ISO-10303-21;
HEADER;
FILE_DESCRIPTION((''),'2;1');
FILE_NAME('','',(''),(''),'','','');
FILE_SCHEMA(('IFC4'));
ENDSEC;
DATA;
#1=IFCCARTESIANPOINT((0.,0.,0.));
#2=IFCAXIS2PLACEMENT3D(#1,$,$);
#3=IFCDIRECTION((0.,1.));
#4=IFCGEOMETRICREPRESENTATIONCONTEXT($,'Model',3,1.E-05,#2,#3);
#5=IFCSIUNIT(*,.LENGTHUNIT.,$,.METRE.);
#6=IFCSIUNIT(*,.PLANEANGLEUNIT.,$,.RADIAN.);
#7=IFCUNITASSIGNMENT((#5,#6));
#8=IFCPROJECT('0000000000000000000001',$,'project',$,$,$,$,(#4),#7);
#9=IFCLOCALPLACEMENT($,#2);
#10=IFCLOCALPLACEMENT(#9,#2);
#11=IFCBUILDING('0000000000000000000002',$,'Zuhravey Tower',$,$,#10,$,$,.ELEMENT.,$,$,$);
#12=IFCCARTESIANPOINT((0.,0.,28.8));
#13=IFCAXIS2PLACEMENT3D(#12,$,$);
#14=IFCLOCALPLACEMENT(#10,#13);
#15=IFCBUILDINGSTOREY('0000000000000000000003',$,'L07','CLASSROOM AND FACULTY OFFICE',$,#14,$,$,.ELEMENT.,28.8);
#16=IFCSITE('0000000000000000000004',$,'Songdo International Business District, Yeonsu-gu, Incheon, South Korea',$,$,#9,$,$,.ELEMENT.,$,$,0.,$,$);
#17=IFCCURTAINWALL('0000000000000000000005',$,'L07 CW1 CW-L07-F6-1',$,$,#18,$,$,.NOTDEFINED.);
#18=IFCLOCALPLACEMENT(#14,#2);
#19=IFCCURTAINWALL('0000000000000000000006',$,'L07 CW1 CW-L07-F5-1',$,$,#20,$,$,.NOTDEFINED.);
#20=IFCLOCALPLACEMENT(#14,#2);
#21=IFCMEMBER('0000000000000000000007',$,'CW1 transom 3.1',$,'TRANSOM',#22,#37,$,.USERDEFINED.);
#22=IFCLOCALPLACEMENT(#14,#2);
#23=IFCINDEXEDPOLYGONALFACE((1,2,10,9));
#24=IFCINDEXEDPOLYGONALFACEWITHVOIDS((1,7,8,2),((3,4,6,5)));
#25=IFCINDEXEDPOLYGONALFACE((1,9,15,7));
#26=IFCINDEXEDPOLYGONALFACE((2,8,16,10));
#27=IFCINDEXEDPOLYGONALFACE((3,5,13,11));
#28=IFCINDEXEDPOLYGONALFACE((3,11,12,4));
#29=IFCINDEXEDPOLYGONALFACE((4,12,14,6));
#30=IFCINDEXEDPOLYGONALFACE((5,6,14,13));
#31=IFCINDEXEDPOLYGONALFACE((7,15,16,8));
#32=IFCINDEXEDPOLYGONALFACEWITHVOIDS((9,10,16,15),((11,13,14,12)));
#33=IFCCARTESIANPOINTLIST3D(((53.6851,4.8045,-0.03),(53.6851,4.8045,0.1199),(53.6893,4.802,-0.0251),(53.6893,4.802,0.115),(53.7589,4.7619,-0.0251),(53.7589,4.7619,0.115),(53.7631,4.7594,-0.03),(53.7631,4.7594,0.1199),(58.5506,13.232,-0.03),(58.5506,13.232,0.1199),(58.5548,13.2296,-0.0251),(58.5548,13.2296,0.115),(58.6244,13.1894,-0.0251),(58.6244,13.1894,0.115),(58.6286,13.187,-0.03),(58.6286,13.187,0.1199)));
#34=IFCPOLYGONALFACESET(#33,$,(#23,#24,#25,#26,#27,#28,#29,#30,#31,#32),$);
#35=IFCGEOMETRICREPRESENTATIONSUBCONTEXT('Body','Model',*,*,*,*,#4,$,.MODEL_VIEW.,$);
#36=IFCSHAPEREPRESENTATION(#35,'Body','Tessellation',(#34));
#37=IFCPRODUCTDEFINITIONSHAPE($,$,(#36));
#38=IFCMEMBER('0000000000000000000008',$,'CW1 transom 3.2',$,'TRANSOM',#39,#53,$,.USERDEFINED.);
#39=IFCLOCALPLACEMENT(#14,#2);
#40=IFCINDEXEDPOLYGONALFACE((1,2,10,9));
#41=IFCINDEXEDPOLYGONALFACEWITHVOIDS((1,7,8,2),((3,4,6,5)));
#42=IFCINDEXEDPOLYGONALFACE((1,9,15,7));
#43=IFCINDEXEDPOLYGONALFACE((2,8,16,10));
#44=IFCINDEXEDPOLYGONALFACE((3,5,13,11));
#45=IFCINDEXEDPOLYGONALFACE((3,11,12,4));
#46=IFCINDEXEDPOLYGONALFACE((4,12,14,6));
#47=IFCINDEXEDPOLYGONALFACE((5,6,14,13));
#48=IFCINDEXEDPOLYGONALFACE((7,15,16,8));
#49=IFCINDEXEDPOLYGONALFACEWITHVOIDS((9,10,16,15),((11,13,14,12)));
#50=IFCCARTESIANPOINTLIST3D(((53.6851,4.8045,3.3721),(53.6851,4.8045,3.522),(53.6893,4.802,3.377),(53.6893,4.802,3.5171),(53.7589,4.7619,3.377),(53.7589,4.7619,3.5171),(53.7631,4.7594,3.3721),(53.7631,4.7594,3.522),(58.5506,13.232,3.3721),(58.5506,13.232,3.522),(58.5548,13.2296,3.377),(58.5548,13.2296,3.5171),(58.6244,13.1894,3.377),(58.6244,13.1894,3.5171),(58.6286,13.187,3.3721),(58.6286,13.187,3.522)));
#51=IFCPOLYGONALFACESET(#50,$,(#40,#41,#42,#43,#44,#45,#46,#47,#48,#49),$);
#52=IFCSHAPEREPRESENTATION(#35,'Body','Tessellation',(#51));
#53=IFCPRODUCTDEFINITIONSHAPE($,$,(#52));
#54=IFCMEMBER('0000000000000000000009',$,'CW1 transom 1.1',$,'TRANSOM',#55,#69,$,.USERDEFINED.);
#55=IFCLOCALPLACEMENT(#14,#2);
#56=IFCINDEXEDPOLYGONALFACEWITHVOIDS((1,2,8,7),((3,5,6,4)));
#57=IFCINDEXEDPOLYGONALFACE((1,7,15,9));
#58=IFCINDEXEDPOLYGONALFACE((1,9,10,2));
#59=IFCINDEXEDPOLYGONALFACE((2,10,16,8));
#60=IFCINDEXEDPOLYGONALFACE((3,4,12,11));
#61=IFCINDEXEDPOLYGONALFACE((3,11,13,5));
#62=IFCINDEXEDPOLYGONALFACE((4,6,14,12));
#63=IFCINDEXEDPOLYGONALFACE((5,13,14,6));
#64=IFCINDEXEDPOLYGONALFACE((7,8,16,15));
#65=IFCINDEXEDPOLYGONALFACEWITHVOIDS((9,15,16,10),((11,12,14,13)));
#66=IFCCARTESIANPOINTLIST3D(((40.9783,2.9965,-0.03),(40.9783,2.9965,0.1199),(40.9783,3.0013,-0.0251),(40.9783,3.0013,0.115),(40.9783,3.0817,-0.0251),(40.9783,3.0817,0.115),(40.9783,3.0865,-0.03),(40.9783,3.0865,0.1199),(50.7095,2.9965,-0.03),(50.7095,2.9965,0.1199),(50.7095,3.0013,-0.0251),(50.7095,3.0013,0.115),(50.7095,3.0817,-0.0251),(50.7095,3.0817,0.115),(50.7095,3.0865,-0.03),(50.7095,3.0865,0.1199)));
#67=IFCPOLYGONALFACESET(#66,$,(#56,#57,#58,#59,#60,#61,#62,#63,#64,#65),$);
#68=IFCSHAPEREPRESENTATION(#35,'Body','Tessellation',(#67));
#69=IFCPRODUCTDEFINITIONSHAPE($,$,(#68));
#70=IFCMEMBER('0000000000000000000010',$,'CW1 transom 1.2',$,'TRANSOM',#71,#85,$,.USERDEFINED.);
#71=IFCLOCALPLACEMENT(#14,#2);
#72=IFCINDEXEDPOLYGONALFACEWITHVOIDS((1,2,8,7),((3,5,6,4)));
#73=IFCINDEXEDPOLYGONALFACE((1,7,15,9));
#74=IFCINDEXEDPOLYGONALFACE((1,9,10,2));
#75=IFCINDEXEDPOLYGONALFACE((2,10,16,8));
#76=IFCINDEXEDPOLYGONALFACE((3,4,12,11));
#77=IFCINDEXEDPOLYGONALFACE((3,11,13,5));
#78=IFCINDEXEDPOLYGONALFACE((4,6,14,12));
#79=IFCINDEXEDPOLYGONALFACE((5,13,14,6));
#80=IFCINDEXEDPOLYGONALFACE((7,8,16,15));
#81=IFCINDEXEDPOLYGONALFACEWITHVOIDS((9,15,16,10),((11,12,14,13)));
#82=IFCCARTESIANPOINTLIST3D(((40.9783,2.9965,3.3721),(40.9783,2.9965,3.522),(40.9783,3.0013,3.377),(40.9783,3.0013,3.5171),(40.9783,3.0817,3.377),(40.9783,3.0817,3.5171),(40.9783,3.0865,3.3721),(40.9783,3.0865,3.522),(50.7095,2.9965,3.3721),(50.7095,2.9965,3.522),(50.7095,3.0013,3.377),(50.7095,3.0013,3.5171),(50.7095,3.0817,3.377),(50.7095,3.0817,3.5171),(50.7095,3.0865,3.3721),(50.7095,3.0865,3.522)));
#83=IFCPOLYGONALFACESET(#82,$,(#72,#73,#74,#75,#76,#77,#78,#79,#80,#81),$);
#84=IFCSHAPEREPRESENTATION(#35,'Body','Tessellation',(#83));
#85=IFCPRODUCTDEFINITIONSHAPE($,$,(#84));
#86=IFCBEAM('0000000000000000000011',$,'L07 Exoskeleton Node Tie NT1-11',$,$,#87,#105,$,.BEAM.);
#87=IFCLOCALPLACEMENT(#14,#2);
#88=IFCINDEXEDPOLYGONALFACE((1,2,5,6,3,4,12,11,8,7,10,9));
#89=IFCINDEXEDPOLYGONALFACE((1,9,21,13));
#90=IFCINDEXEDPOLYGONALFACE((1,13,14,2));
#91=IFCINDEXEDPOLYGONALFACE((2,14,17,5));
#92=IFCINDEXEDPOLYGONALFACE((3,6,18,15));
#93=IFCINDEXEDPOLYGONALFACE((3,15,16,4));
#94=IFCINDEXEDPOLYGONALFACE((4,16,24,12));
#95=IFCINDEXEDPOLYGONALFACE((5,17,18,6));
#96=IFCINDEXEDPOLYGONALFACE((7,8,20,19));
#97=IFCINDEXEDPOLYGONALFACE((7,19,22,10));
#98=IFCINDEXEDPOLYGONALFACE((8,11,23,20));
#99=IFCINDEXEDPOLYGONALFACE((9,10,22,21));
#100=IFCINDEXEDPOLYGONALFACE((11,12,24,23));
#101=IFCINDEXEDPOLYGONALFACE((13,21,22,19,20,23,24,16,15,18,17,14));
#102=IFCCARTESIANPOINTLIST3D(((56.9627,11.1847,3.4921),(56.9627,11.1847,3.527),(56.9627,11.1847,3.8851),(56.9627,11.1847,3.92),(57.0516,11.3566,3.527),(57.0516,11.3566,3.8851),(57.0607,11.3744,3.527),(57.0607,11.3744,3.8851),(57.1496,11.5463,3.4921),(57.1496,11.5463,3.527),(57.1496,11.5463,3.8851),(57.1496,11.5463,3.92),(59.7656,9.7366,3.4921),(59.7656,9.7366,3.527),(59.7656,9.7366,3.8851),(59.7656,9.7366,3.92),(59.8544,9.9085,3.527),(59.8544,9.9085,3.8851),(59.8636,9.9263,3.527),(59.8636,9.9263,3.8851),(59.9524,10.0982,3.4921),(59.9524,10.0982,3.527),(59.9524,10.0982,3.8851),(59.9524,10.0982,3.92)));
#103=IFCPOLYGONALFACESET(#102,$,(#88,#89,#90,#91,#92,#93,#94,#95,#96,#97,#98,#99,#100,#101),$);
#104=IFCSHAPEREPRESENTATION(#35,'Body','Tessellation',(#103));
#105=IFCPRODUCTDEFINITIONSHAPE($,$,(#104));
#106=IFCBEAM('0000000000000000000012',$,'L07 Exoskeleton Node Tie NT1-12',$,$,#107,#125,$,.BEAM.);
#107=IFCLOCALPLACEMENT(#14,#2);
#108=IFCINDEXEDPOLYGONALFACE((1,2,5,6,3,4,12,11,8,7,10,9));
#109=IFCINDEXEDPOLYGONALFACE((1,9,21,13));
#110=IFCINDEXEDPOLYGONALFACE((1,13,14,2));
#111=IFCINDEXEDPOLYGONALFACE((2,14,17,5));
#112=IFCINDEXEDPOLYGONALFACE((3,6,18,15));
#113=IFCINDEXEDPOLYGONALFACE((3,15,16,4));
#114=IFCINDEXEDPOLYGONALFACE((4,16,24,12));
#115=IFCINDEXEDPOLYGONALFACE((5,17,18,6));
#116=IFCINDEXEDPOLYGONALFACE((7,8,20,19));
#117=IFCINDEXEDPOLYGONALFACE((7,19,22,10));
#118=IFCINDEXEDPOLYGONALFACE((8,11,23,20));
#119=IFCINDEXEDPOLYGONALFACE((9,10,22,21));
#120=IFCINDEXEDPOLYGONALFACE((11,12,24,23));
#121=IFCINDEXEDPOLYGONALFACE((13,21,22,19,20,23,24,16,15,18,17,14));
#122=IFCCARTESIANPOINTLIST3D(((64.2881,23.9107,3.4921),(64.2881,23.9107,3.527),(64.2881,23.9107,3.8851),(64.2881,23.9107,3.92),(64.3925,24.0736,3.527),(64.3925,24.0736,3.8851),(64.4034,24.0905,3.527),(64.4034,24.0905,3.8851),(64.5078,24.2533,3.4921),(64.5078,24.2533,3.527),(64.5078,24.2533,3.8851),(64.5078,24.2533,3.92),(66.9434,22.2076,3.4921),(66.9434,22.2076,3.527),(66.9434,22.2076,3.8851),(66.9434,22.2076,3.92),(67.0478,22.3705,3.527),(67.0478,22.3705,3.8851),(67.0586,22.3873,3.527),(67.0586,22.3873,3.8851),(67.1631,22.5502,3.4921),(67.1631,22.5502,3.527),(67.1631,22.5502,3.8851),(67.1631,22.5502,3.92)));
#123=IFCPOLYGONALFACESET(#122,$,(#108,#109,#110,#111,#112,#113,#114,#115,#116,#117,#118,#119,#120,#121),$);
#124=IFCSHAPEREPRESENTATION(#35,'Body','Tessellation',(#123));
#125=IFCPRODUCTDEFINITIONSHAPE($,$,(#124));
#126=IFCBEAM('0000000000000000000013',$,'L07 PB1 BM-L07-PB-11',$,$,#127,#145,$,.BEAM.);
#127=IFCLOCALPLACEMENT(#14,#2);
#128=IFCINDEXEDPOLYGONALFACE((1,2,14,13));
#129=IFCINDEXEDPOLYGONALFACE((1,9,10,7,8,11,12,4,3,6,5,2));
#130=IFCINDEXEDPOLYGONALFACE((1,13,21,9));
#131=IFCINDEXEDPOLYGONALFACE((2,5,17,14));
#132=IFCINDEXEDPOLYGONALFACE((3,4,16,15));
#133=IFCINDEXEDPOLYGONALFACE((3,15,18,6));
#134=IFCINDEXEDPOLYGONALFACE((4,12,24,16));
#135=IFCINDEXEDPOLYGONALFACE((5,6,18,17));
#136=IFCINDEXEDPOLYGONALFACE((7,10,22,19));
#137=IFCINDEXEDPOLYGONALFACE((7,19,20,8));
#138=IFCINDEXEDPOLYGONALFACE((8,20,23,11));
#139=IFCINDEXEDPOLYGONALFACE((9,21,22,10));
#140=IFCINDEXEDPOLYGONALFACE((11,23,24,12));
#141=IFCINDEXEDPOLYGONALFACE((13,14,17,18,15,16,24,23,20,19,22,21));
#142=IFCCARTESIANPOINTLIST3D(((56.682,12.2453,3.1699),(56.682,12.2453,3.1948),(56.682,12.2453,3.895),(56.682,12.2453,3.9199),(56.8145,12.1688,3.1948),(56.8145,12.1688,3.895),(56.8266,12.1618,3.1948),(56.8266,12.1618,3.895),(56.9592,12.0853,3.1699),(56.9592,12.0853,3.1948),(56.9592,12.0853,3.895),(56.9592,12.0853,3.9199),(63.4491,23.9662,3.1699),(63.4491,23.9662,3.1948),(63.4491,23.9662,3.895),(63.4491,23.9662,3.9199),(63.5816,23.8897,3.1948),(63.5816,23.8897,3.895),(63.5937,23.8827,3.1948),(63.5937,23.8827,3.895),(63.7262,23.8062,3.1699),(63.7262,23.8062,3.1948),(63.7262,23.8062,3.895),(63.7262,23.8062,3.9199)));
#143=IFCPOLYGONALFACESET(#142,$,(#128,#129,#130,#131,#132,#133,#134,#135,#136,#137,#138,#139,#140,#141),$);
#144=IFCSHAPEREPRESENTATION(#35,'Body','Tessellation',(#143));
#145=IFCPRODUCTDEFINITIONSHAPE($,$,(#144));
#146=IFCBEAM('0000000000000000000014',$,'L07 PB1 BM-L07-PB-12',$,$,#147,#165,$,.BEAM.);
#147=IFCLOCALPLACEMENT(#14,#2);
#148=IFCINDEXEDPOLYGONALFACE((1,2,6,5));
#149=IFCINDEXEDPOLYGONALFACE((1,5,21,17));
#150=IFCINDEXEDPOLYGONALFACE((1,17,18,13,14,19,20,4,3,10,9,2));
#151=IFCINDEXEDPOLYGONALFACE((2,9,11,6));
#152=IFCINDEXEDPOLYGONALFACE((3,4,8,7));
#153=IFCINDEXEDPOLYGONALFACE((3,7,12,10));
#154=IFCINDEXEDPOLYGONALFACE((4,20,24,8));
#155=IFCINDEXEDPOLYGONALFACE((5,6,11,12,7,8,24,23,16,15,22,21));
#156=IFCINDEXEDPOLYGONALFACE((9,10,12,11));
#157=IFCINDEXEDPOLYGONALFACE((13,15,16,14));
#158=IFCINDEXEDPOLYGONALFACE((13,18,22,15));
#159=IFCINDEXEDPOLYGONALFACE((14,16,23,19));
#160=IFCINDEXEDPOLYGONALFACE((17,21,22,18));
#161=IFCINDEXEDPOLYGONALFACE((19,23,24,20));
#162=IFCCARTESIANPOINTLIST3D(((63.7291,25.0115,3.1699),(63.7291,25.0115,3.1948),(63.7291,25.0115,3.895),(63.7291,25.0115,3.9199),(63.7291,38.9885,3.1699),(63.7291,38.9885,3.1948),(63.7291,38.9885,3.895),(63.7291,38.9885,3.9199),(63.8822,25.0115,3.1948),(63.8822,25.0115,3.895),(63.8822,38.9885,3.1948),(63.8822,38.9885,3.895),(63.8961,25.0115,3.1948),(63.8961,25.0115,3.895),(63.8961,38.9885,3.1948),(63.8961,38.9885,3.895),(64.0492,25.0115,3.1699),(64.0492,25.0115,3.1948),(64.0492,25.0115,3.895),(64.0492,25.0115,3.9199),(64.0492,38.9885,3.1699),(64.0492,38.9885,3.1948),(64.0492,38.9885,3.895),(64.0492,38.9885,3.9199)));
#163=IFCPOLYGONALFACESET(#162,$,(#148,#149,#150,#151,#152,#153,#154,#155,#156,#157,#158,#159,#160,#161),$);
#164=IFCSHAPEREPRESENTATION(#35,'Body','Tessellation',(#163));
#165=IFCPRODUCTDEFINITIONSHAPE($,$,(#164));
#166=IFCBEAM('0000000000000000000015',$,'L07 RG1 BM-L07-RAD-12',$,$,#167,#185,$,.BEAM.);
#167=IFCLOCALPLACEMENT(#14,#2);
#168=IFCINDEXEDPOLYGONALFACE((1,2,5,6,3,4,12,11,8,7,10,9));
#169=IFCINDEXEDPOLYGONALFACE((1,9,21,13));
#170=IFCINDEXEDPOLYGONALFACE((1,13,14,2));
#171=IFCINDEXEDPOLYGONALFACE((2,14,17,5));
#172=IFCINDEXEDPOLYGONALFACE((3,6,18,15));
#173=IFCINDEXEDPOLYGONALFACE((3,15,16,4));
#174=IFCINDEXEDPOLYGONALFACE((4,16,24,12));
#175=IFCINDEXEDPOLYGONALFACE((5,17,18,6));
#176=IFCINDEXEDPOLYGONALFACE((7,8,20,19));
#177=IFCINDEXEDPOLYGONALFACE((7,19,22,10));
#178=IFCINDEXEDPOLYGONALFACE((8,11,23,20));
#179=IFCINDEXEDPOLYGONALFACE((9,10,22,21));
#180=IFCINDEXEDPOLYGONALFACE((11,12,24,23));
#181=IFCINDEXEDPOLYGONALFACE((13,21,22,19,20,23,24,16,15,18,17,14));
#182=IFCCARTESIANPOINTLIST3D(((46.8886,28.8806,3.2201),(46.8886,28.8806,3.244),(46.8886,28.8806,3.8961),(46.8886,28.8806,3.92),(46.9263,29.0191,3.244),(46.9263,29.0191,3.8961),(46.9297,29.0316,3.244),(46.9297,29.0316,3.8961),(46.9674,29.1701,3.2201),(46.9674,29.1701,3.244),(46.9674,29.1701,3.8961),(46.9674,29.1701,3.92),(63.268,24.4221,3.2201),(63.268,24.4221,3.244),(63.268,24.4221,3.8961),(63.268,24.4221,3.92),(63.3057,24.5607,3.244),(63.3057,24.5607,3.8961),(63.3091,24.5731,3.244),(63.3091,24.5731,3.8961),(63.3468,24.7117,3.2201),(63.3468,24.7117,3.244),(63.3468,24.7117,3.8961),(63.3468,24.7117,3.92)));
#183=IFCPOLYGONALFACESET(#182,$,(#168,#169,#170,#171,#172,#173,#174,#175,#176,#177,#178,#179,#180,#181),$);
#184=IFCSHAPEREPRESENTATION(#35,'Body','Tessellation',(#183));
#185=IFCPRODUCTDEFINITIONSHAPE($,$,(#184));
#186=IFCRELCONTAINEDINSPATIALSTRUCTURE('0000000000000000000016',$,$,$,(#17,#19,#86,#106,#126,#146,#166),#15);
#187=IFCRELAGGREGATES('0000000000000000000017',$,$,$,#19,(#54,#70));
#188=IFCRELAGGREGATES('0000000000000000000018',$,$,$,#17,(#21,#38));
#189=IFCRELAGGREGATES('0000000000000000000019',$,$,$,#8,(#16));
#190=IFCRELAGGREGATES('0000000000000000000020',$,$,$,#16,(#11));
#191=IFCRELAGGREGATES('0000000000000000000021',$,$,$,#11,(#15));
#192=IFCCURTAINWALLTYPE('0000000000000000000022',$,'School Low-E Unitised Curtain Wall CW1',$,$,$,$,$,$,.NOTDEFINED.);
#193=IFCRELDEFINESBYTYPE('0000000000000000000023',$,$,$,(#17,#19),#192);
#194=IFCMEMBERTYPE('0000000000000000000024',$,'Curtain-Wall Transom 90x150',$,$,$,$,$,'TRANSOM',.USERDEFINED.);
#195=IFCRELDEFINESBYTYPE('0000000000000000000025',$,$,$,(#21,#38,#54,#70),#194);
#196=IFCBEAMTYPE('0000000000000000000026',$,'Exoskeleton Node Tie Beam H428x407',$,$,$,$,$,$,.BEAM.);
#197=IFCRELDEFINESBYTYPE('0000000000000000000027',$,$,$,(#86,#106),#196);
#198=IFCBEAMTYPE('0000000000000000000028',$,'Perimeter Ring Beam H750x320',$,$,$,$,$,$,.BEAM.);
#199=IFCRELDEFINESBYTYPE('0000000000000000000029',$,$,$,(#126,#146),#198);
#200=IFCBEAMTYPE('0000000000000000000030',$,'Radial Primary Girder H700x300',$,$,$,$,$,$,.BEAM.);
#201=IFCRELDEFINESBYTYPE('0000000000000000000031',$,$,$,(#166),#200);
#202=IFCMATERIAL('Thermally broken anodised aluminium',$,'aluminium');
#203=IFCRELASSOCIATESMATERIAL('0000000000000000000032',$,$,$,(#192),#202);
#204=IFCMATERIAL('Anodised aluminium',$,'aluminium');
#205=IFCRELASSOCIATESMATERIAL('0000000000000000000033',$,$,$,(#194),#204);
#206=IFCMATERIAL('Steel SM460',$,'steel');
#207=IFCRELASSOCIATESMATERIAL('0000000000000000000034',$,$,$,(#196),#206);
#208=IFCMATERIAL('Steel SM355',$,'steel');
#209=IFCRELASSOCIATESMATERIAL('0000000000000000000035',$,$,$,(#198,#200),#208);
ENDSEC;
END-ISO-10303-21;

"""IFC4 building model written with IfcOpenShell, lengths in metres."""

from ifc_helpers import new_model, si_unit, direction, frame, origin, origin_2d, place, context, subcontext, project, spatial, hollow_rectangle, i_section, extrude, material, material_profile, profile_set, type_object, element, aggregate, save


model = new_model("IFC4")

# Units and contexts
model_context = context("Model", 3, precision=1e-05, world=origin(), true_north=direction((0.0, 1.0)))
body_context = subcontext(model_context, "Body", "Model", "MODEL_VIEW")
ifc_project = project(units=[si_unit("LENGTHUNIT", "METRE"), si_unit("PLANEANGLEUNIT", "RADIAN")], contexts=[model_context])

# Site, building, storey
site_placement = place(None, origin())
site = spatial("IfcSite", under=ifc_project, at=site_placement, Name="Songdo International Business District, Yeonsu-gu, Incheon, South Korea", CompositionType="ELEMENT", RefElevation=0.0)
building_placement = place(site_placement, origin())
building = spatial("IfcBuilding", under=site, at=building_placement, Name="Zuhravey Tower", CompositionType="ELEMENT")
storey_placement = place(building_placement, frame((0.0, 0.0, 28.8)))
storey = spatial("IfcBuildingStorey", under=building, at=storey_placement, Name="L07", Description="CLASSROOM AND FACULTY OFFICE", CompositionType="ELEMENT", Elevation=28.8)

# Curtain wall
ifc_material_1 = material(Name="Thermally broken anodised aluminium", Category="aluminium")
curtain_wall_type = type_object("IfcCurtainWallType", Name="School Low-E Unitised Curtain Wall CW1", PredefinedType="NOTDEFINED", material=ifc_material_1)
curtain_wall_1_placement = place(storey_placement, origin())
curtain_wall_1 = element("IfcCurtainWall", 1, at=curtain_wall_1_placement, inside=storey, type_object=curtain_wall_type, Name="L07 CW1 CW-L07-F6-1", PredefinedType="NOTDEFINED")
ifc_material_2 = material(Name="Anodised aluminium", Category="aluminium")

# Curtain wall
curtain_wall_2_placement = place(storey_placement, origin())
curtain_wall_2 = element("IfcCurtainWall", 2, at=curtain_wall_2_placement, inside=storey, type_object=curtain_wall_type, Name="L07 CW1 CW-L07-F5-1", PredefinedType="NOTDEFINED")

# Members
ifc_material_profile_1 = material_profile(ifc_material_2, hollow_rectangle(XDim=0.0901, YDim=0.1499, WallThickness=0.0049, at=origin_2d()), Name="ALU-RHS-90x150x5")
ifc_profile_set_1 = profile_set([ifc_material_profile_1], Name="Anodised aluminium")
member_type_1 = type_object("IfcMemberType", Name="Curtain-Wall Transom 90x150", ElementType="TRANSOM", PredefinedType="USERDEFINED", material=ifc_profile_set_1)
member_1_placement = place(storey_placement, frame((58.5896, 13.2095, 0.0449), z_axis=(-0.49999, -0.866031, 0.0), x_axis=(0.866031, -0.49999, 0.0)))
member_1 = element("IfcMember", 3, at=member_1_placement, type_object=member_type_1, Name="CW1 transom 3.1", ObjectType="TRANSOM", PredefinedType="USERDEFINED", context=body_context, shape_type="SweptSolid", body=[
    extrude(hollow_rectangle(XDim=0.0901, YDim=0.1499, WallThickness=0.0049, at=origin_2d()), origin(), (0.0, 0.0, 1.0), 9.7312),
])
member_2_placement = place(storey_placement, frame((58.5896, 13.2095, 3.447), z_axis=(-0.49999, -0.866031, 0.0), x_axis=(0.866031, -0.49999, 0.0)))
member_2 = element("IfcMember", 4, at=member_2_placement, type_object=member_type_1, Name="CW1 transom 3.2", ObjectType="TRANSOM", PredefinedType="USERDEFINED", context=body_context, shape_type="SweptSolid", body=[
    extrude(hollow_rectangle(XDim=0.0901, YDim=0.1499, WallThickness=0.0049, at=origin_2d()), origin(), (0.0, 0.0, 1.0), 9.7312),
])
member_3_placement = place(storey_placement, frame((50.7095, 3.0415, 0.0449), z_axis=(-1.0, 0.0, 0.0), x_axis=(0.0, -1.0, 0.0)))
member_3 = element("IfcMember", 5, at=member_3_placement, type_object=member_type_1, Name="CW1 transom 1.1", ObjectType="TRANSOM", PredefinedType="USERDEFINED", context=body_context, shape_type="SweptSolid", body=[
    extrude(hollow_rectangle(XDim=0.0901, YDim=0.1499, WallThickness=0.0049, at=origin_2d()), origin(), (0.0, 0.0, 1.0), 9.7312),
])
member_4_placement = place(storey_placement, frame((50.7095, 3.0415, 3.447), z_axis=(-1.0, 0.0, 0.0), x_axis=(0.0, -1.0, 0.0)))
member_4 = element("IfcMember", 6, at=member_4_placement, type_object=member_type_1, Name="CW1 transom 1.2", ObjectType="TRANSOM", PredefinedType="USERDEFINED", context=body_context, shape_type="SweptSolid", body=[
    extrude(hollow_rectangle(XDim=0.0901, YDim=0.1499, WallThickness=0.0049, at=origin_2d()), origin(), (0.0, 0.0, 1.0), 9.7312),
])
aggregate(curtain_wall_2, [member_3, member_4])

# Beams
ifc_material_3 = material(Name="Steel SM460", Category="steel")
ifc_material_profile_2 = material_profile(ifc_material_3, i_section(OverallWidth=0.407, OverallDepth=0.428, WebThickness=0.02, FlangeThickness=0.0349, at=origin_2d()), Name="H-428x407x20x35")
ifc_profile_set_2 = profile_set([ifc_material_profile_2], Name="Steel SM460")
beam_type_1 = type_object("IfcBeamType", Name="Exoskeleton Node Tie Beam H428x407", PredefinedType="BEAM", material=ifc_profile_set_2)
beam_1_placement = place(storey_placement, frame((57.0562, 11.3655, 3.7061), z_axis=(0.888436, -0.459, 0.0), x_axis=(0.459, 0.888436, 0.0)))
element("IfcBeam", 7, at=beam_1_placement, inside=storey, type_object=beam_type_1, Name="L07 Exoskeleton Node Tie NT1-11", PredefinedType="BEAM", context=body_context, shape_type="SweptSolid", body=[
    extrude(i_section(OverallWidth=0.407, OverallDepth=0.428, WebThickness=0.02, FlangeThickness=0.0349, at=origin_2d()), origin(), (0.0, 0.0, 1.0), 3.1548),
])
beam_2_placement = place(storey_placement, frame((64.3979, 24.082, 3.7061), z_axis=(0.841731, -0.539897, 0.0), x_axis=(0.539897, 0.841731, 0.0)))
element("IfcBeam", 8, at=beam_2_placement, inside=storey, type_object=beam_type_1, Name="L07 Exoskeleton Node Tie NT1-12", PredefinedType="BEAM", context=body_context, shape_type="SweptSolid", body=[
    extrude(i_section(OverallWidth=0.407, OverallDepth=0.428, WebThickness=0.02, FlangeThickness=0.0349, at=origin_2d()), origin(), (0.0, 0.0, 1.0), 3.1545),
])
ifc_material_4 = material(Name="Steel SM355", Category="steel")
ifc_material_profile_3 = material_profile(ifc_material_4, i_section(OverallWidth=0.3201, OverallDepth=0.75, WebThickness=0.0139, FlangeThickness=0.0249, at=origin_2d()), Name="H-750x320x14x25")
ifc_profile_set_3 = profile_set([ifc_material_profile_3], Name="Steel SM355")
beam_type_2 = type_object("IfcBeamType", Name="Perimeter Ring Beam H750x320", PredefinedType="BEAM", material=ifc_profile_set_3)
beam_3_placement = place(storey_placement, frame((56.8206, 12.1653, 3.5449), z_axis=(0.5, 0.866025, 0.0), x_axis=(-0.866025, 0.5, 0.0)))
element("IfcBeam", 9, at=beam_3_placement, inside=storey, type_object=beam_type_2, Name="L07 PB1 BM-L07-PB-11", PredefinedType="BEAM", context=body_context, shape_type="SweptSolid", body=[
    extrude(i_section(OverallWidth=0.3201, OverallDepth=0.75, WebThickness=0.0139, FlangeThickness=0.0249, at=origin_2d()), origin(), (0.0, 0.0, 1.0), 13.5342),
])
beam_4_placement = place(storey_placement, frame((63.8892, 25.0115, 3.5449), z_axis=(0.0, 1.0, 0.0), x_axis=(-1.0, 0.0, 0.0)))
element("IfcBeam", 10, at=beam_4_placement, inside=storey, type_object=beam_type_2, Name="L07 PB1 BM-L07-PB-12", PredefinedType="BEAM", context=body_context, shape_type="SweptSolid", body=[
    extrude(i_section(OverallWidth=0.3201, OverallDepth=0.75, WebThickness=0.0139, FlangeThickness=0.0249, at=origin_2d()), origin(), (0.0, 0.0, 1.0), 13.9771),
])
ifc_material_profile_4 = material_profile(ifc_material_4, i_section(OverallWidth=0.3, OverallDepth=0.7, WebThickness=0.0129, FlangeThickness=0.0239, at=origin_2d()), Name="H-700x300x13x24")
ifc_profile_set_4 = profile_set([ifc_material_profile_4], Name="Steel SM355")
beam_type_3 = type_object("IfcBeamType", Name="Radial Primary Girder H700x300", PredefinedType="BEAM", material=ifc_profile_set_4)
beam_5_placement = place(storey_placement, frame((46.928, 29.0254, 3.5701), z_axis=(0.964892, -0.262645, 0.0), x_axis=(0.262645, 0.964892, 0.0)))
element("IfcBeam", 11, at=beam_5_placement, inside=storey, type_object=beam_type_3, Name="L07 RG1 BM-L07-RAD-12", PredefinedType="BEAM", context=body_context, shape_type="SweptSolid", body=[
    extrude(i_section(OverallWidth=0.3, OverallDepth=0.7, WebThickness=0.0129, FlangeThickness=0.0239, at=origin_2d()), origin(), (0.0, 0.0, 1.0), 16.9753),
])

aggregate(curtain_wall_1, [member_1, member_2])

save(model, "model.ifc")
